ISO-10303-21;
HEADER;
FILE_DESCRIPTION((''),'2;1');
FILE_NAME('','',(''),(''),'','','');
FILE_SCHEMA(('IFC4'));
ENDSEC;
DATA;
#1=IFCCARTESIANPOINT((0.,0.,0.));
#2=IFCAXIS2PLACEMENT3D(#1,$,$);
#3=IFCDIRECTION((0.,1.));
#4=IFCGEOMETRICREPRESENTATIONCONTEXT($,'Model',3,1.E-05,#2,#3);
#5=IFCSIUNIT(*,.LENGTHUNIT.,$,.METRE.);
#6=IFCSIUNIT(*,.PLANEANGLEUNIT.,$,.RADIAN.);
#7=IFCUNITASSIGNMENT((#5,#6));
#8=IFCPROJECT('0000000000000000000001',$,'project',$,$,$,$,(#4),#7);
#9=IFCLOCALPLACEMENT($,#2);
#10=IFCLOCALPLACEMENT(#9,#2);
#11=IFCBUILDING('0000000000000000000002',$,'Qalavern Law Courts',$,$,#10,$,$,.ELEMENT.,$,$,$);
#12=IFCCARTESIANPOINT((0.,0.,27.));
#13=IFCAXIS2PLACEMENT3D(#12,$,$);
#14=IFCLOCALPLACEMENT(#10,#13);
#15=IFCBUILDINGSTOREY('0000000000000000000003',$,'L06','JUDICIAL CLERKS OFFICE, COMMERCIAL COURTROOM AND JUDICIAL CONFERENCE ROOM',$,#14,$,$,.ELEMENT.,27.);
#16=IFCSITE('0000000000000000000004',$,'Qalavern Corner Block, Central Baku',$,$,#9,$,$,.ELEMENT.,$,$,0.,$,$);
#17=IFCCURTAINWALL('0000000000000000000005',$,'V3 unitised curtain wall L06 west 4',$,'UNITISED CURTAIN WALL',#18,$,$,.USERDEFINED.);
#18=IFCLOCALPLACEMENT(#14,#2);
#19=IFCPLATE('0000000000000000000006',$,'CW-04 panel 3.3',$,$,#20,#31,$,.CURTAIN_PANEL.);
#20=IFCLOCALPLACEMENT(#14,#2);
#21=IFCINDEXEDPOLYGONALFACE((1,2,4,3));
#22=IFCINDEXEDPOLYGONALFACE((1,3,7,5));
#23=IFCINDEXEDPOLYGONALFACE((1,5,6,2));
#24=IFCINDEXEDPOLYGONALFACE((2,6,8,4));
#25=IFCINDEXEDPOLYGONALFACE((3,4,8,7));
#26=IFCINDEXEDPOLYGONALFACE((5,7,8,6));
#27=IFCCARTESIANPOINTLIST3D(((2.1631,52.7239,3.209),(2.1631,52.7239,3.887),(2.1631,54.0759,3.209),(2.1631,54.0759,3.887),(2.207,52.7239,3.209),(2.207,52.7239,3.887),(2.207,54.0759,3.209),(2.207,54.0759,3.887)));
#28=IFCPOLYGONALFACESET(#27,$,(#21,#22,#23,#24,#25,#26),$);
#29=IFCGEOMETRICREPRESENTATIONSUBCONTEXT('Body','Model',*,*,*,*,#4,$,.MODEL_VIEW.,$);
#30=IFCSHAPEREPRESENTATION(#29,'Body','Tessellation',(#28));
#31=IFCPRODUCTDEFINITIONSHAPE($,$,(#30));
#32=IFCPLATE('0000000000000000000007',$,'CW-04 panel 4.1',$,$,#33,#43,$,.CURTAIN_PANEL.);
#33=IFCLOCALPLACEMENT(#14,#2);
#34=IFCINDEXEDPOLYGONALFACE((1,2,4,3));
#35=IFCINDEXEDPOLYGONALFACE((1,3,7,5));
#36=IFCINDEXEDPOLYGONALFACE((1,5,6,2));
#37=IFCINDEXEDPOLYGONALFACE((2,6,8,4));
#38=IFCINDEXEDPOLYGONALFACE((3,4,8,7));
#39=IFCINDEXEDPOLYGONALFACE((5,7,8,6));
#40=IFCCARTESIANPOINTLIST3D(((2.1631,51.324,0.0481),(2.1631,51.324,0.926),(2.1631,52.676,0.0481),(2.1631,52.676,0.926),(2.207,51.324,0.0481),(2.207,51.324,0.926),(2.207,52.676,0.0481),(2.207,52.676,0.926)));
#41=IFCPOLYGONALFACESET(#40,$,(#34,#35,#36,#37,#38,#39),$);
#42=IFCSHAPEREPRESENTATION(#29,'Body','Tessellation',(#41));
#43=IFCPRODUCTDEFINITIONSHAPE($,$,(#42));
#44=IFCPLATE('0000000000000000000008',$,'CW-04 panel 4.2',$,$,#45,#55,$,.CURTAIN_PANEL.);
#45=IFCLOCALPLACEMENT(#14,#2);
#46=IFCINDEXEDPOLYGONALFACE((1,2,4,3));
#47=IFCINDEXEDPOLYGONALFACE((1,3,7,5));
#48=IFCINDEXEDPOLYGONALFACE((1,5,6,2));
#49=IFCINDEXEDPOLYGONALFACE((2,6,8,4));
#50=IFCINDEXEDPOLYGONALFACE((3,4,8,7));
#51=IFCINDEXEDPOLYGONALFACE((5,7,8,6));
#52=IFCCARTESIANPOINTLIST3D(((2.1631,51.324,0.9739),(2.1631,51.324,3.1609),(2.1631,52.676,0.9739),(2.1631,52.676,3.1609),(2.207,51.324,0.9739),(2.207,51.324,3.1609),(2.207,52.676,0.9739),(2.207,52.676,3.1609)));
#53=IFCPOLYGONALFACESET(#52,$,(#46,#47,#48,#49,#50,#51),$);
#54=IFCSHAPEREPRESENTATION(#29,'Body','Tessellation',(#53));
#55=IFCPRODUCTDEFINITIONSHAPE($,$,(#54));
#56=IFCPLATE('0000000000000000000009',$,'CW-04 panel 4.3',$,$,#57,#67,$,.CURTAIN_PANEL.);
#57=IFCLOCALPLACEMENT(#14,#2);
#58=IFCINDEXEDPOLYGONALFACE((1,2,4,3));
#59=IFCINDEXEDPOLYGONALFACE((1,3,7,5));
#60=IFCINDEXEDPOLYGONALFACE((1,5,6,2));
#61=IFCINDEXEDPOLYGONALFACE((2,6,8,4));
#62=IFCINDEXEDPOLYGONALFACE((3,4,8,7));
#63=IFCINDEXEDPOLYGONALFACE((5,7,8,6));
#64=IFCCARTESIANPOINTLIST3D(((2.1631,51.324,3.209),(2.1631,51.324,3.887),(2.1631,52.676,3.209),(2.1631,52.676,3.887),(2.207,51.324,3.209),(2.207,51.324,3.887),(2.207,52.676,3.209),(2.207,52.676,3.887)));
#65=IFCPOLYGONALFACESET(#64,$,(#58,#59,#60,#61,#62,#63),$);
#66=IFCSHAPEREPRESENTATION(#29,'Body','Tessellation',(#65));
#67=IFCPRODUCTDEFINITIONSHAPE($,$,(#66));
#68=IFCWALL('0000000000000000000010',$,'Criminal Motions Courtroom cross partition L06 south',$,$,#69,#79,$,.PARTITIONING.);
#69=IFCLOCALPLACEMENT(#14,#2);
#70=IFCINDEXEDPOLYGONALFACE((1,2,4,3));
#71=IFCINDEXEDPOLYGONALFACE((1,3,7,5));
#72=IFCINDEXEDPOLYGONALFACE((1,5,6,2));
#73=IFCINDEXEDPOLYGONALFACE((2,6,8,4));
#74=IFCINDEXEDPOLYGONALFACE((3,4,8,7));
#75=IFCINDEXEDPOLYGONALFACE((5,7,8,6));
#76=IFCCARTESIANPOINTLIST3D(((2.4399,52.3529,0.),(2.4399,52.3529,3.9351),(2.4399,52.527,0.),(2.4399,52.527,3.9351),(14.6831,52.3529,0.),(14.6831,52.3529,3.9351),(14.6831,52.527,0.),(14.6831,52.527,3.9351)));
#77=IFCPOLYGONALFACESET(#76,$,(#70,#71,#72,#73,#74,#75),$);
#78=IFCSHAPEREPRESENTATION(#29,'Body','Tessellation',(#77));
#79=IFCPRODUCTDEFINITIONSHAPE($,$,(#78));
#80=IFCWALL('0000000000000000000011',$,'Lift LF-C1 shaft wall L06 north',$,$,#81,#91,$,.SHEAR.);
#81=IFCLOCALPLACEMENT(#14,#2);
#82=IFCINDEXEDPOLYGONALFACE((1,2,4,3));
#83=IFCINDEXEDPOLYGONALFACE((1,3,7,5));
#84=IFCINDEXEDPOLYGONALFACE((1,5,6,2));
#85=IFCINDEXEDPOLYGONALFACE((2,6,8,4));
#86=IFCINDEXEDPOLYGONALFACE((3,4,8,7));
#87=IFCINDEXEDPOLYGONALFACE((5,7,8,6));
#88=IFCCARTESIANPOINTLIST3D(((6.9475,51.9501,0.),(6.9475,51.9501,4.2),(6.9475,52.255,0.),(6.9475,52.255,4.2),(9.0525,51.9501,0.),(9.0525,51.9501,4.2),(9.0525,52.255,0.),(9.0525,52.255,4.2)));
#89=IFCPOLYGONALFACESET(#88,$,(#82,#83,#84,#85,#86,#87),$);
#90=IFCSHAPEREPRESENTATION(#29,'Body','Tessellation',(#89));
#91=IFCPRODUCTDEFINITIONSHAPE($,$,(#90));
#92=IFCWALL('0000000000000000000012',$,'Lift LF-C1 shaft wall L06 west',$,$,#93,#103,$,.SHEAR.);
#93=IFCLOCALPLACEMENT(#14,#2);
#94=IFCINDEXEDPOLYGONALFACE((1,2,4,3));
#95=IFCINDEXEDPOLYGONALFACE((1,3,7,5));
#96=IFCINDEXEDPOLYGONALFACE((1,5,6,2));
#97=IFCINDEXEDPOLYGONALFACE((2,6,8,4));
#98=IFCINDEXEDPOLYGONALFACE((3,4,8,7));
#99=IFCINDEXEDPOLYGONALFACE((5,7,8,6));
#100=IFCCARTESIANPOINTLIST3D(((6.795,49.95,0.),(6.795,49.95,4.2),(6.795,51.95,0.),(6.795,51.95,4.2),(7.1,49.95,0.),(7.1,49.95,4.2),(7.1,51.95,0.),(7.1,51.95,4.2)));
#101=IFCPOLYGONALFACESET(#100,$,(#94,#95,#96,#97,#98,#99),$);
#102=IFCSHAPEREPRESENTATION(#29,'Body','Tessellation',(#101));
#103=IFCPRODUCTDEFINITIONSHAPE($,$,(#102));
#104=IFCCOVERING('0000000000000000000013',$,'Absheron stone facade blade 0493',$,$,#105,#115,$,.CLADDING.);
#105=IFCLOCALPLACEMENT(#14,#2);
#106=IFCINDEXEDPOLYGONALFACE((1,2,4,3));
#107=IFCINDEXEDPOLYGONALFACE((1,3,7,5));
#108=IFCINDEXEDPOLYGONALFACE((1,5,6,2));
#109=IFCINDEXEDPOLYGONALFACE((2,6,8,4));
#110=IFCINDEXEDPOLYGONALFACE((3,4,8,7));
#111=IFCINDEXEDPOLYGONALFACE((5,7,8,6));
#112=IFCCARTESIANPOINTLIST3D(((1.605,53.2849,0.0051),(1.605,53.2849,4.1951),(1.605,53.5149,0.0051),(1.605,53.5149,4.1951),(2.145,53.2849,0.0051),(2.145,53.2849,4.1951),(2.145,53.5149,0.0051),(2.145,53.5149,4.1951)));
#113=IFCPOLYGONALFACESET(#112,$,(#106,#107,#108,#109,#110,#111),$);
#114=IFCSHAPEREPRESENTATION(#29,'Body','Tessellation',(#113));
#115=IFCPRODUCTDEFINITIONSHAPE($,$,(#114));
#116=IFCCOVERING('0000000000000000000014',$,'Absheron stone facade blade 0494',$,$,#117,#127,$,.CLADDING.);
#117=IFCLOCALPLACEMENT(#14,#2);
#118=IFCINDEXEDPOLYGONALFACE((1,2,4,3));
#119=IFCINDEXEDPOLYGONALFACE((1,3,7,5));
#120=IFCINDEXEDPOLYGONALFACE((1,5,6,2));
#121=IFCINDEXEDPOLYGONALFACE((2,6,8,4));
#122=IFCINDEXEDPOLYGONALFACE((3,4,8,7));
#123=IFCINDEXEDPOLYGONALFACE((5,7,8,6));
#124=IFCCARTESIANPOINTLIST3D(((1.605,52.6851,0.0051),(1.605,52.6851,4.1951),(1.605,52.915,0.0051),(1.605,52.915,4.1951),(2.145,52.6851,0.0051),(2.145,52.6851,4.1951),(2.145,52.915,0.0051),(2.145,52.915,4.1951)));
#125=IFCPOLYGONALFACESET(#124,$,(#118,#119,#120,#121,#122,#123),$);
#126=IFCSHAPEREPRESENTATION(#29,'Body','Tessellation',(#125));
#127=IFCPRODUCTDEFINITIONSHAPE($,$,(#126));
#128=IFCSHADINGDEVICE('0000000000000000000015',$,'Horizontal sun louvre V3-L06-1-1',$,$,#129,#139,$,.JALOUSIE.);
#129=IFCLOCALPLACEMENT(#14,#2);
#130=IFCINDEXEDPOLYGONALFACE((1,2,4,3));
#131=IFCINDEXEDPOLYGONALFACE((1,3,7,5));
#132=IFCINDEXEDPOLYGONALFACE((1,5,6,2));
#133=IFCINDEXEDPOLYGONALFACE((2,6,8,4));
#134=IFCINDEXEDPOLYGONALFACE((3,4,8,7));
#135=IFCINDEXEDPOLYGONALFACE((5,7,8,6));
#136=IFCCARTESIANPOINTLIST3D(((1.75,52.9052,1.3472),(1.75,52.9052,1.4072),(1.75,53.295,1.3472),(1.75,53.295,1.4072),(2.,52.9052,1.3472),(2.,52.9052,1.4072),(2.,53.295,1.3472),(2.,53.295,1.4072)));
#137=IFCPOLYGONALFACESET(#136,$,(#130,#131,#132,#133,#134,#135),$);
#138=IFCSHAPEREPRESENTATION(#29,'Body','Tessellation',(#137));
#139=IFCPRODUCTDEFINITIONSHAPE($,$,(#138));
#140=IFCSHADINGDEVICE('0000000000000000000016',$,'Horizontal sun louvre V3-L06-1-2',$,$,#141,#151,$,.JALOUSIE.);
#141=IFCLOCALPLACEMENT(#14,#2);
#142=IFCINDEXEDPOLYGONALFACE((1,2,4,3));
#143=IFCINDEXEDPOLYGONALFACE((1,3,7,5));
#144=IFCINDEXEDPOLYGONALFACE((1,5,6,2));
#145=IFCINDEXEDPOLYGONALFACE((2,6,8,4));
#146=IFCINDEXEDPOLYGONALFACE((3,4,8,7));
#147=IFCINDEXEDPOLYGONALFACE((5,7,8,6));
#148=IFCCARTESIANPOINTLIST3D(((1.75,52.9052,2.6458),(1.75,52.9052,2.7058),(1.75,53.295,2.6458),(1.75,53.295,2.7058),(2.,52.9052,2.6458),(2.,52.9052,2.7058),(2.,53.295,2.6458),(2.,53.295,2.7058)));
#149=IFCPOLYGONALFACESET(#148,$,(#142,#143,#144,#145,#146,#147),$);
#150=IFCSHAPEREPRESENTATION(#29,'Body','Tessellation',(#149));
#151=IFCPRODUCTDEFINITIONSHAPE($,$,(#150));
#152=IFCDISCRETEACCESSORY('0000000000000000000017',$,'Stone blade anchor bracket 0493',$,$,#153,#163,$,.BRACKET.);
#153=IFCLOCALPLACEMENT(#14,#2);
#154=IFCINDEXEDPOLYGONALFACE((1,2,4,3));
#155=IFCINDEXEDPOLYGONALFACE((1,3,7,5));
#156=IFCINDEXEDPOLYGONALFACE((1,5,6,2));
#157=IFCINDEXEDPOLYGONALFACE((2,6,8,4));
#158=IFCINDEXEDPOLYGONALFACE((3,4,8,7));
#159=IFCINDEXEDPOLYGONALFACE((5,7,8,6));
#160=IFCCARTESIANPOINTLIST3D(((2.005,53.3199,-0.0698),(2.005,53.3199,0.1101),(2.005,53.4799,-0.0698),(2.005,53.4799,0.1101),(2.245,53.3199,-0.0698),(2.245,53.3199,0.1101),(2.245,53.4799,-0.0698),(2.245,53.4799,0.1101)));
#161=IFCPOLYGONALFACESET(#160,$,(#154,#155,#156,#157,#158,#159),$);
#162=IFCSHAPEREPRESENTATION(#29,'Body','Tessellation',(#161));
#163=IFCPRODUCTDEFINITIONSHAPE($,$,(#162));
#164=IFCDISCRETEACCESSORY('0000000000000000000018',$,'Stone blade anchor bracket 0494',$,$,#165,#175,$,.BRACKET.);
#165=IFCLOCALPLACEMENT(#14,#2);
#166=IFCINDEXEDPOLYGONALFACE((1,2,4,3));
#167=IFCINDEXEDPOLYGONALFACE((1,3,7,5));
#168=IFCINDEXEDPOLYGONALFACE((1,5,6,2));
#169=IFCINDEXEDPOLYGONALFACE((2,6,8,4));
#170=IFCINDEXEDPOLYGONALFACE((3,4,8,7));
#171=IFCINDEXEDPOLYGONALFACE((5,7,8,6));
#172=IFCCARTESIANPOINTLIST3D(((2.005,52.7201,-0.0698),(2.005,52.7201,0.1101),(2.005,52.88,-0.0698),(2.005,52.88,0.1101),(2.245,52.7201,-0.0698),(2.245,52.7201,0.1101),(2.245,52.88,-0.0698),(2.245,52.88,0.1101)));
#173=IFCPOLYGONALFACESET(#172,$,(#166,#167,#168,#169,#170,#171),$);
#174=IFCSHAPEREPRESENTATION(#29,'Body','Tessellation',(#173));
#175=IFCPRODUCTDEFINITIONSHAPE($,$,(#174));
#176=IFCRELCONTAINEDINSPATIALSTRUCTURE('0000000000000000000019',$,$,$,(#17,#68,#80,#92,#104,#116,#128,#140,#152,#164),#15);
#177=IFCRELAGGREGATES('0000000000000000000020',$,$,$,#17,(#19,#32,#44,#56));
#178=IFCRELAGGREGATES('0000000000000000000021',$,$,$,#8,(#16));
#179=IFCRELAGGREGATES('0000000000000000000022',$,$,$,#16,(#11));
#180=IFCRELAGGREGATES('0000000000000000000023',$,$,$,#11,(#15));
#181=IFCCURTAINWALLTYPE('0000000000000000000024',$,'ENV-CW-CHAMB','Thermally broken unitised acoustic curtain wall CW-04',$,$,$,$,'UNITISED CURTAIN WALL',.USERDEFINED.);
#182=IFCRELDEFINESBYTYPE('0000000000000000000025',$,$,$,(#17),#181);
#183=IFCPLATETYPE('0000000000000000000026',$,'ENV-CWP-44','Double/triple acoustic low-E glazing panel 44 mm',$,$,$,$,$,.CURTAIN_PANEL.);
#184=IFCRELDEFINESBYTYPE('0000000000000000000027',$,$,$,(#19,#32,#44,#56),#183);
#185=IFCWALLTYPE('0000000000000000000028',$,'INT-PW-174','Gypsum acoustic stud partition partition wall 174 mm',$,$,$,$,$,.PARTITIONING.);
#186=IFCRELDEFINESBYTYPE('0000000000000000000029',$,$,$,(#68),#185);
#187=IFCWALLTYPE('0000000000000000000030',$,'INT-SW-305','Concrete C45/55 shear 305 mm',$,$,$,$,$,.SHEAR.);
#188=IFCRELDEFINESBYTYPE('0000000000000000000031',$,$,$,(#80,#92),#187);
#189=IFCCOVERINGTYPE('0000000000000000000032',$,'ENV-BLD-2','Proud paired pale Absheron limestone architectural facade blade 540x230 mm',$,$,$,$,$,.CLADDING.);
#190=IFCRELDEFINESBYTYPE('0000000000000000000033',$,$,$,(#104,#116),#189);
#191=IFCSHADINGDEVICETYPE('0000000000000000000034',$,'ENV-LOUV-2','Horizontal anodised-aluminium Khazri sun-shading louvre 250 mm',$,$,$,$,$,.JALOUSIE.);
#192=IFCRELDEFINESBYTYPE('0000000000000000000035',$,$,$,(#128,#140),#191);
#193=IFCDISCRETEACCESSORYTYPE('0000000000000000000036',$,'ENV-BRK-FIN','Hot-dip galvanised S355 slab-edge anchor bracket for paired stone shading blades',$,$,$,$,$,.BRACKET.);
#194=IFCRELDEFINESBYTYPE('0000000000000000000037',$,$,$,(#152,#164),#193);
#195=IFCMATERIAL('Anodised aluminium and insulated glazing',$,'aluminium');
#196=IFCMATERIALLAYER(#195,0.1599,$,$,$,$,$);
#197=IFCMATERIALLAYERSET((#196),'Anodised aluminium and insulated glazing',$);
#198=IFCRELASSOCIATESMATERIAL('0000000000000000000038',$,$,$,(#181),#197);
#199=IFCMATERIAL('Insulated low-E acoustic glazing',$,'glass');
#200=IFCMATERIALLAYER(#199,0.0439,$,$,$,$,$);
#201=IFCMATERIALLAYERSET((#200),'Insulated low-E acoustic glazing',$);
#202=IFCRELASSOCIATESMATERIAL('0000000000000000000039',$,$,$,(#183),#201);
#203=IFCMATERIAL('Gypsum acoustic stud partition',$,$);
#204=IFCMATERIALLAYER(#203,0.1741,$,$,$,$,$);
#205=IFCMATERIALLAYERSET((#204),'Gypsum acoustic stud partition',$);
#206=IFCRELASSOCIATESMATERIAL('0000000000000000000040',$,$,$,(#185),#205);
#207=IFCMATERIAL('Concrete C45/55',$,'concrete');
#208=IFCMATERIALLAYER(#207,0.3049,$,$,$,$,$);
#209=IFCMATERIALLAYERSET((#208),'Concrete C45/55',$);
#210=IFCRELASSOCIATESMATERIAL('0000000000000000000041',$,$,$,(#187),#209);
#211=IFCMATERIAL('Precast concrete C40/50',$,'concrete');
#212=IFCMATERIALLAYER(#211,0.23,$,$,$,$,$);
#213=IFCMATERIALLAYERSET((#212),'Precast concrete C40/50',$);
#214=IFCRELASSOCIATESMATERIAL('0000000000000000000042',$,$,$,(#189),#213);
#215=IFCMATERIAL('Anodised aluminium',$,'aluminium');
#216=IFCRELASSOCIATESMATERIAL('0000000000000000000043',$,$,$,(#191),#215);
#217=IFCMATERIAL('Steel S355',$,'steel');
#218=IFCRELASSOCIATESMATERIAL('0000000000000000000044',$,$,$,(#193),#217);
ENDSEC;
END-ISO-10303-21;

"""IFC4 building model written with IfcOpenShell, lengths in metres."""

from ifc_helpers import new_model, si_unit, direction, frame, frame_2d, origin, origin_2d, place, context, subcontext, project, spatial, rectangle, extrude, material, layer, layer_set, type_object, element, aggregate, save


model = new_model("IFC4")

# Units and contexts
model_context = context("Model", 3, precision=1e-05, world=origin(), true_north=direction((0.0, 1.0)))
body_context = subcontext(model_context, "Body", "Model", "MODEL_VIEW")
ifc_project = project(units=[si_unit("LENGTHUNIT", "METRE"), si_unit("PLANEANGLEUNIT", "RADIAN")], contexts=[model_context])

# Site, building, storey
site_placement = place(None, origin())
site = spatial("IfcSite", under=ifc_project, at=site_placement, Name="Qalavern Corner Block, Central Baku", CompositionType="ELEMENT", RefElevation=0.0)
building_placement = place(site_placement, origin())
building = spatial("IfcBuilding", under=site, at=building_placement, Name="Qalavern Law Courts", CompositionType="ELEMENT")
storey_placement = place(building_placement, frame((0.0, 0.0, 27.0)))
storey = spatial("IfcBuildingStorey", under=building, at=storey_placement, Name="L06", Description="JUDICIAL CLERKS OFFICE, COMMERCIAL COURTROOM AND JUDICIAL CONFERENCE ROOM", CompositionType="ELEMENT", Elevation=27.0)

# Curtain wall
ifc_material_1 = material(Name="Anodised aluminium and insulated glazing", Category="aluminium")
ifc_layer_1 = layer(ifc_material_1, 0.1599)
ifc_layer_set_1 = layer_set([ifc_layer_1], Name="Anodised aluminium and insulated glazing")
curtain_wall_type = type_object("IfcCurtainWallType", Name="ENV-CW-CHAMB", Description="Thermally broken unitised acoustic curtain wall CW-04", ElementType="UNITISED CURTAIN WALL", PredefinedType="USERDEFINED", material=ifc_layer_set_1)
curtain_wall_placement = place(storey_placement, origin())
curtain_wall = element("IfcCurtainWall", 1, at=curtain_wall_placement, inside=storey, type_object=curtain_wall_type, Name="V3 unitised curtain wall L06 west 4", ObjectType="UNITISED CURTAIN WALL", PredefinedType="USERDEFINED")
ifc_material_2 = material(Name="Anodised aluminium", Category="aluminium")

# Shared definitions
ifc_material_3 = material(Name="Steel S355", Category="steel")

# Plates
ifc_material_4 = material(Name="Insulated low-E acoustic glazing", Category="glass")
ifc_layer_2 = layer(ifc_material_4, 0.0439)
ifc_layer_set_2 = layer_set([ifc_layer_2], Name="Insulated low-E acoustic glazing")
plate_type = type_object("IfcPlateType", Name="ENV-CWP-44", Description="Double/triple acoustic low-E glazing panel 44 mm", PredefinedType="CURTAIN_PANEL", material=ifc_layer_set_2)
plate_1_placement = place(storey_placement, frame((2.1851, 53.3999, 3.209), z_axis=(0.0, 0.0, 1.0), x_axis=(0.0, -1.0, 0.0)))
plate_1 = element("IfcPlate", 2, at=plate_1_placement, type_object=plate_type, Name="CW-04 panel 3.3", PredefinedType="CURTAIN_PANEL", context=body_context, shape_type="SweptSolid", body=[
    extrude(rectangle(XDim=1.3521, YDim=0.0439, at=origin_2d()), origin(), (0.0, 0.0, 1.0), 0.678),
])
plate_2_placement = place(storey_placement, frame((2.1851, 52.0, 0.0481), z_axis=(0.0, 0.0, 1.0), x_axis=(0.0, -1.0, 0.0)))
plate_2 = element("IfcPlate", 3, at=plate_2_placement, type_object=plate_type, Name="CW-04 panel 4.1", PredefinedType="CURTAIN_PANEL", context=body_context, shape_type="SweptSolid", body=[
    extrude(rectangle(XDim=1.3521, YDim=0.0439, at=origin_2d()), origin(), (0.0, 0.0, 1.0), 0.8779),
])
plate_3_placement = place(storey_placement, frame((2.1851, 52.0, 0.9739), z_axis=(0.0, 0.0, 1.0), x_axis=(0.0, -1.0, 0.0)))
plate_3 = element("IfcPlate", 4, at=plate_3_placement, type_object=plate_type, Name="CW-04 panel 4.2", PredefinedType="CURTAIN_PANEL", context=body_context, shape_type="SweptSolid", body=[
    extrude(rectangle(XDim=1.3521, YDim=0.0439, at=origin_2d()), origin(), (0.0, 0.0, 1.0), 2.187),
])
plate_4_placement = place(storey_placement, frame((2.1851, 52.0, 3.209), z_axis=(0.0, 0.0, 1.0), x_axis=(0.0, -1.0, 0.0)))
plate_4 = element("IfcPlate", 5, at=plate_4_placement, type_object=plate_type, Name="CW-04 panel 4.3", PredefinedType="CURTAIN_PANEL", context=body_context, shape_type="SweptSolid", body=[
    extrude(rectangle(XDim=1.3521, YDim=0.0439, at=origin_2d()), origin(), (0.0, 0.0, 1.0), 0.678),
])
aggregate(curtain_wall, [plate_1, plate_2, plate_3, plate_4])

# Walls
ifc_material_5 = material(Name="Gypsum acoustic stud partition")
ifc_layer_3 = layer(ifc_material_5, 0.1741)
ifc_layer_set_3 = layer_set([ifc_layer_3], Name="Gypsum acoustic stud partition")
wall_type_1 = type_object("IfcWallType", Name="INT-PW-174", Description="Gypsum acoustic stud partition partition wall 174 mm", PredefinedType="PARTITIONING", material=ifc_layer_set_3)
wall_1_placement = place(storey_placement, frame((2.4399, 52.4399, 0.0), z_axis=(0.0, 0.0, 1.0), x_axis=(1.0, 0.0, 0.0)))
element("IfcWall", 6, at=wall_1_placement, inside=storey, type_object=wall_type_1, Name="Criminal Motions Courtroom cross partition L06 south", PredefinedType="PARTITIONING", context=body_context, shape_type="SweptSolid", body=[
    extrude(rectangle(XDim=12.2432, YDim=0.1741, at=frame_2d((6.1216, 0.0))), origin(), (0.0, 0.0, 1.0), 3.9351),
])
ifc_material_6 = material(Name="Concrete C45/55", Category="concrete")
ifc_layer_4 = layer(ifc_material_6, 0.3049)
ifc_layer_set_4 = layer_set([ifc_layer_4], Name="Concrete C45/55")
wall_type_2 = type_object("IfcWallType", Name="INT-SW-305", Description="Concrete C45/55 shear 305 mm", PredefinedType="SHEAR", material=ifc_layer_set_4)
wall_2_placement = place(storey_placement, frame((9.0525, 52.1025, 0.0), z_axis=(0.0, 0.0, 1.0), x_axis=(-1.0, 0.0, 0.0)))
element("IfcWall", 7, at=wall_2_placement, inside=storey, type_object=wall_type_2, Name="Lift LF-C1 shaft wall L06 north", PredefinedType="SHEAR", context=body_context, shape_type="SweptSolid", body=[
    extrude(rectangle(XDim=2.105, YDim=0.3049, at=frame_2d((1.0525, 0.0))), origin(), (0.0, 0.0, 1.0), 4.2),
])
wall_3_placement = place(storey_placement, frame((6.9475, 51.95, 0.0), z_axis=(0.0, 0.0, 1.0), x_axis=(0.0, -1.0, 0.0)))
element("IfcWall", 8, at=wall_3_placement, inside=storey, type_object=wall_type_2, Name="Lift LF-C1 shaft wall L06 west", PredefinedType="SHEAR", context=body_context, shape_type="SweptSolid", body=[
    extrude(rectangle(XDim=2.0, YDim=0.3049, at=frame_2d((1.0, 0.0))), origin(), (0.0, 0.0, 1.0), 4.2),
])

# Coverings
ifc_material_7 = material(Name="Precast concrete C40/50", Category="concrete")
ifc_layer_5 = layer(ifc_material_7, 0.23)
ifc_layer_set_5 = layer_set([ifc_layer_5], Name="Precast concrete C40/50")
covering_type = type_object("IfcCoveringType", Name="ENV-BLD-2", Description="Proud paired pale Absheron limestone architectural facade blade 540x230 mm", PredefinedType="CLADDING", material=ifc_layer_set_5)
for number, where, z_axis, x_axis, name in (
    (9, (1.875, 53.3999, 0.0051), (0.0, 0.0, 1.0), (-1.0, 0.0, 0.0), "Absheron stone facade blade 0493"),
    (10, (1.875, 52.8, 0.0051), (0.0, 0.0, 1.0), (-1.0, 0.0, 0.0), "Absheron stone facade blade 0494"),
):
    element("IfcCovering", number, at=place(storey_placement, frame(where, z_axis=z_axis, x_axis=x_axis)), inside=storey, type_object=covering_type, Name=name, PredefinedType="CLADDING", context=body_context, shape_type="SweptSolid", body=[
        extrude(rectangle(XDim=0.54, YDim=0.23, at=origin_2d()), origin(), (0.0, 0.0, 1.0), 4.1899),
    ])

# Shading devices
shading_device_type = type_object("IfcShadingDeviceType", Name="ENV-LOUV-2", Description="Horizontal anodised-aluminium Khazri sun-shading louvre 250 mm", PredefinedType="JALOUSIE", material=ifc_material_2)
for number, where, z_axis, x_axis, name in (
    (11, (1.875, 53.1001, 1.3472), (0.0, 0.0, 1.0), (0.0, -1.0, 0.0), "Horizontal sun louvre V3-L06-1-1"),
    (12, (1.875, 53.1001, 2.6458), (0.0, 0.0, 1.0), (0.0, -1.0, 0.0), "Horizontal sun louvre V3-L06-1-2"),
):
    element("IfcShadingDevice", number, at=place(storey_placement, frame(where, z_axis=z_axis, x_axis=x_axis)), inside=storey, type_object=shading_device_type, Name=name, PredefinedType="JALOUSIE", context=body_context, shape_type="SweptSolid", body=[
        extrude(rectangle(XDim=0.3899, YDim=0.25, at=origin_2d()), origin(), (0.0, 0.0, 1.0), 0.0601),
    ])

# Discrete accessories
discrete_accessory_type = type_object("IfcDiscreteAccessoryType", Name="ENV-BRK-FIN", Description="Hot-dip galvanised S355 slab-edge anchor bracket for paired stone shading blades", PredefinedType="BRACKET", material=ifc_material_3)
for number, where, z_axis, x_axis, name in (
    (13, (2.125, 53.3999, -0.0698), (0.0, 0.0, 1.0), (-1.0, 0.0, 0.0), "Stone blade anchor bracket 0493"),
    (14, (2.125, 52.8, -0.0698), (0.0, 0.0, 1.0), (-1.0, 0.0, 0.0), "Stone blade anchor bracket 0494"),
):
    element("IfcDiscreteAccessory", number, at=place(storey_placement, frame(where, z_axis=z_axis, x_axis=x_axis)), inside=storey, type_object=discrete_accessory_type, Name=name, PredefinedType="BRACKET", context=body_context, shape_type="SweptSolid", body=[
        extrude(rectangle(XDim=0.24, YDim=0.1599, at=origin_2d()), origin(), (0.0, 0.0, 1.0), 0.1799),
    ])

save(model, "model.ifc")
